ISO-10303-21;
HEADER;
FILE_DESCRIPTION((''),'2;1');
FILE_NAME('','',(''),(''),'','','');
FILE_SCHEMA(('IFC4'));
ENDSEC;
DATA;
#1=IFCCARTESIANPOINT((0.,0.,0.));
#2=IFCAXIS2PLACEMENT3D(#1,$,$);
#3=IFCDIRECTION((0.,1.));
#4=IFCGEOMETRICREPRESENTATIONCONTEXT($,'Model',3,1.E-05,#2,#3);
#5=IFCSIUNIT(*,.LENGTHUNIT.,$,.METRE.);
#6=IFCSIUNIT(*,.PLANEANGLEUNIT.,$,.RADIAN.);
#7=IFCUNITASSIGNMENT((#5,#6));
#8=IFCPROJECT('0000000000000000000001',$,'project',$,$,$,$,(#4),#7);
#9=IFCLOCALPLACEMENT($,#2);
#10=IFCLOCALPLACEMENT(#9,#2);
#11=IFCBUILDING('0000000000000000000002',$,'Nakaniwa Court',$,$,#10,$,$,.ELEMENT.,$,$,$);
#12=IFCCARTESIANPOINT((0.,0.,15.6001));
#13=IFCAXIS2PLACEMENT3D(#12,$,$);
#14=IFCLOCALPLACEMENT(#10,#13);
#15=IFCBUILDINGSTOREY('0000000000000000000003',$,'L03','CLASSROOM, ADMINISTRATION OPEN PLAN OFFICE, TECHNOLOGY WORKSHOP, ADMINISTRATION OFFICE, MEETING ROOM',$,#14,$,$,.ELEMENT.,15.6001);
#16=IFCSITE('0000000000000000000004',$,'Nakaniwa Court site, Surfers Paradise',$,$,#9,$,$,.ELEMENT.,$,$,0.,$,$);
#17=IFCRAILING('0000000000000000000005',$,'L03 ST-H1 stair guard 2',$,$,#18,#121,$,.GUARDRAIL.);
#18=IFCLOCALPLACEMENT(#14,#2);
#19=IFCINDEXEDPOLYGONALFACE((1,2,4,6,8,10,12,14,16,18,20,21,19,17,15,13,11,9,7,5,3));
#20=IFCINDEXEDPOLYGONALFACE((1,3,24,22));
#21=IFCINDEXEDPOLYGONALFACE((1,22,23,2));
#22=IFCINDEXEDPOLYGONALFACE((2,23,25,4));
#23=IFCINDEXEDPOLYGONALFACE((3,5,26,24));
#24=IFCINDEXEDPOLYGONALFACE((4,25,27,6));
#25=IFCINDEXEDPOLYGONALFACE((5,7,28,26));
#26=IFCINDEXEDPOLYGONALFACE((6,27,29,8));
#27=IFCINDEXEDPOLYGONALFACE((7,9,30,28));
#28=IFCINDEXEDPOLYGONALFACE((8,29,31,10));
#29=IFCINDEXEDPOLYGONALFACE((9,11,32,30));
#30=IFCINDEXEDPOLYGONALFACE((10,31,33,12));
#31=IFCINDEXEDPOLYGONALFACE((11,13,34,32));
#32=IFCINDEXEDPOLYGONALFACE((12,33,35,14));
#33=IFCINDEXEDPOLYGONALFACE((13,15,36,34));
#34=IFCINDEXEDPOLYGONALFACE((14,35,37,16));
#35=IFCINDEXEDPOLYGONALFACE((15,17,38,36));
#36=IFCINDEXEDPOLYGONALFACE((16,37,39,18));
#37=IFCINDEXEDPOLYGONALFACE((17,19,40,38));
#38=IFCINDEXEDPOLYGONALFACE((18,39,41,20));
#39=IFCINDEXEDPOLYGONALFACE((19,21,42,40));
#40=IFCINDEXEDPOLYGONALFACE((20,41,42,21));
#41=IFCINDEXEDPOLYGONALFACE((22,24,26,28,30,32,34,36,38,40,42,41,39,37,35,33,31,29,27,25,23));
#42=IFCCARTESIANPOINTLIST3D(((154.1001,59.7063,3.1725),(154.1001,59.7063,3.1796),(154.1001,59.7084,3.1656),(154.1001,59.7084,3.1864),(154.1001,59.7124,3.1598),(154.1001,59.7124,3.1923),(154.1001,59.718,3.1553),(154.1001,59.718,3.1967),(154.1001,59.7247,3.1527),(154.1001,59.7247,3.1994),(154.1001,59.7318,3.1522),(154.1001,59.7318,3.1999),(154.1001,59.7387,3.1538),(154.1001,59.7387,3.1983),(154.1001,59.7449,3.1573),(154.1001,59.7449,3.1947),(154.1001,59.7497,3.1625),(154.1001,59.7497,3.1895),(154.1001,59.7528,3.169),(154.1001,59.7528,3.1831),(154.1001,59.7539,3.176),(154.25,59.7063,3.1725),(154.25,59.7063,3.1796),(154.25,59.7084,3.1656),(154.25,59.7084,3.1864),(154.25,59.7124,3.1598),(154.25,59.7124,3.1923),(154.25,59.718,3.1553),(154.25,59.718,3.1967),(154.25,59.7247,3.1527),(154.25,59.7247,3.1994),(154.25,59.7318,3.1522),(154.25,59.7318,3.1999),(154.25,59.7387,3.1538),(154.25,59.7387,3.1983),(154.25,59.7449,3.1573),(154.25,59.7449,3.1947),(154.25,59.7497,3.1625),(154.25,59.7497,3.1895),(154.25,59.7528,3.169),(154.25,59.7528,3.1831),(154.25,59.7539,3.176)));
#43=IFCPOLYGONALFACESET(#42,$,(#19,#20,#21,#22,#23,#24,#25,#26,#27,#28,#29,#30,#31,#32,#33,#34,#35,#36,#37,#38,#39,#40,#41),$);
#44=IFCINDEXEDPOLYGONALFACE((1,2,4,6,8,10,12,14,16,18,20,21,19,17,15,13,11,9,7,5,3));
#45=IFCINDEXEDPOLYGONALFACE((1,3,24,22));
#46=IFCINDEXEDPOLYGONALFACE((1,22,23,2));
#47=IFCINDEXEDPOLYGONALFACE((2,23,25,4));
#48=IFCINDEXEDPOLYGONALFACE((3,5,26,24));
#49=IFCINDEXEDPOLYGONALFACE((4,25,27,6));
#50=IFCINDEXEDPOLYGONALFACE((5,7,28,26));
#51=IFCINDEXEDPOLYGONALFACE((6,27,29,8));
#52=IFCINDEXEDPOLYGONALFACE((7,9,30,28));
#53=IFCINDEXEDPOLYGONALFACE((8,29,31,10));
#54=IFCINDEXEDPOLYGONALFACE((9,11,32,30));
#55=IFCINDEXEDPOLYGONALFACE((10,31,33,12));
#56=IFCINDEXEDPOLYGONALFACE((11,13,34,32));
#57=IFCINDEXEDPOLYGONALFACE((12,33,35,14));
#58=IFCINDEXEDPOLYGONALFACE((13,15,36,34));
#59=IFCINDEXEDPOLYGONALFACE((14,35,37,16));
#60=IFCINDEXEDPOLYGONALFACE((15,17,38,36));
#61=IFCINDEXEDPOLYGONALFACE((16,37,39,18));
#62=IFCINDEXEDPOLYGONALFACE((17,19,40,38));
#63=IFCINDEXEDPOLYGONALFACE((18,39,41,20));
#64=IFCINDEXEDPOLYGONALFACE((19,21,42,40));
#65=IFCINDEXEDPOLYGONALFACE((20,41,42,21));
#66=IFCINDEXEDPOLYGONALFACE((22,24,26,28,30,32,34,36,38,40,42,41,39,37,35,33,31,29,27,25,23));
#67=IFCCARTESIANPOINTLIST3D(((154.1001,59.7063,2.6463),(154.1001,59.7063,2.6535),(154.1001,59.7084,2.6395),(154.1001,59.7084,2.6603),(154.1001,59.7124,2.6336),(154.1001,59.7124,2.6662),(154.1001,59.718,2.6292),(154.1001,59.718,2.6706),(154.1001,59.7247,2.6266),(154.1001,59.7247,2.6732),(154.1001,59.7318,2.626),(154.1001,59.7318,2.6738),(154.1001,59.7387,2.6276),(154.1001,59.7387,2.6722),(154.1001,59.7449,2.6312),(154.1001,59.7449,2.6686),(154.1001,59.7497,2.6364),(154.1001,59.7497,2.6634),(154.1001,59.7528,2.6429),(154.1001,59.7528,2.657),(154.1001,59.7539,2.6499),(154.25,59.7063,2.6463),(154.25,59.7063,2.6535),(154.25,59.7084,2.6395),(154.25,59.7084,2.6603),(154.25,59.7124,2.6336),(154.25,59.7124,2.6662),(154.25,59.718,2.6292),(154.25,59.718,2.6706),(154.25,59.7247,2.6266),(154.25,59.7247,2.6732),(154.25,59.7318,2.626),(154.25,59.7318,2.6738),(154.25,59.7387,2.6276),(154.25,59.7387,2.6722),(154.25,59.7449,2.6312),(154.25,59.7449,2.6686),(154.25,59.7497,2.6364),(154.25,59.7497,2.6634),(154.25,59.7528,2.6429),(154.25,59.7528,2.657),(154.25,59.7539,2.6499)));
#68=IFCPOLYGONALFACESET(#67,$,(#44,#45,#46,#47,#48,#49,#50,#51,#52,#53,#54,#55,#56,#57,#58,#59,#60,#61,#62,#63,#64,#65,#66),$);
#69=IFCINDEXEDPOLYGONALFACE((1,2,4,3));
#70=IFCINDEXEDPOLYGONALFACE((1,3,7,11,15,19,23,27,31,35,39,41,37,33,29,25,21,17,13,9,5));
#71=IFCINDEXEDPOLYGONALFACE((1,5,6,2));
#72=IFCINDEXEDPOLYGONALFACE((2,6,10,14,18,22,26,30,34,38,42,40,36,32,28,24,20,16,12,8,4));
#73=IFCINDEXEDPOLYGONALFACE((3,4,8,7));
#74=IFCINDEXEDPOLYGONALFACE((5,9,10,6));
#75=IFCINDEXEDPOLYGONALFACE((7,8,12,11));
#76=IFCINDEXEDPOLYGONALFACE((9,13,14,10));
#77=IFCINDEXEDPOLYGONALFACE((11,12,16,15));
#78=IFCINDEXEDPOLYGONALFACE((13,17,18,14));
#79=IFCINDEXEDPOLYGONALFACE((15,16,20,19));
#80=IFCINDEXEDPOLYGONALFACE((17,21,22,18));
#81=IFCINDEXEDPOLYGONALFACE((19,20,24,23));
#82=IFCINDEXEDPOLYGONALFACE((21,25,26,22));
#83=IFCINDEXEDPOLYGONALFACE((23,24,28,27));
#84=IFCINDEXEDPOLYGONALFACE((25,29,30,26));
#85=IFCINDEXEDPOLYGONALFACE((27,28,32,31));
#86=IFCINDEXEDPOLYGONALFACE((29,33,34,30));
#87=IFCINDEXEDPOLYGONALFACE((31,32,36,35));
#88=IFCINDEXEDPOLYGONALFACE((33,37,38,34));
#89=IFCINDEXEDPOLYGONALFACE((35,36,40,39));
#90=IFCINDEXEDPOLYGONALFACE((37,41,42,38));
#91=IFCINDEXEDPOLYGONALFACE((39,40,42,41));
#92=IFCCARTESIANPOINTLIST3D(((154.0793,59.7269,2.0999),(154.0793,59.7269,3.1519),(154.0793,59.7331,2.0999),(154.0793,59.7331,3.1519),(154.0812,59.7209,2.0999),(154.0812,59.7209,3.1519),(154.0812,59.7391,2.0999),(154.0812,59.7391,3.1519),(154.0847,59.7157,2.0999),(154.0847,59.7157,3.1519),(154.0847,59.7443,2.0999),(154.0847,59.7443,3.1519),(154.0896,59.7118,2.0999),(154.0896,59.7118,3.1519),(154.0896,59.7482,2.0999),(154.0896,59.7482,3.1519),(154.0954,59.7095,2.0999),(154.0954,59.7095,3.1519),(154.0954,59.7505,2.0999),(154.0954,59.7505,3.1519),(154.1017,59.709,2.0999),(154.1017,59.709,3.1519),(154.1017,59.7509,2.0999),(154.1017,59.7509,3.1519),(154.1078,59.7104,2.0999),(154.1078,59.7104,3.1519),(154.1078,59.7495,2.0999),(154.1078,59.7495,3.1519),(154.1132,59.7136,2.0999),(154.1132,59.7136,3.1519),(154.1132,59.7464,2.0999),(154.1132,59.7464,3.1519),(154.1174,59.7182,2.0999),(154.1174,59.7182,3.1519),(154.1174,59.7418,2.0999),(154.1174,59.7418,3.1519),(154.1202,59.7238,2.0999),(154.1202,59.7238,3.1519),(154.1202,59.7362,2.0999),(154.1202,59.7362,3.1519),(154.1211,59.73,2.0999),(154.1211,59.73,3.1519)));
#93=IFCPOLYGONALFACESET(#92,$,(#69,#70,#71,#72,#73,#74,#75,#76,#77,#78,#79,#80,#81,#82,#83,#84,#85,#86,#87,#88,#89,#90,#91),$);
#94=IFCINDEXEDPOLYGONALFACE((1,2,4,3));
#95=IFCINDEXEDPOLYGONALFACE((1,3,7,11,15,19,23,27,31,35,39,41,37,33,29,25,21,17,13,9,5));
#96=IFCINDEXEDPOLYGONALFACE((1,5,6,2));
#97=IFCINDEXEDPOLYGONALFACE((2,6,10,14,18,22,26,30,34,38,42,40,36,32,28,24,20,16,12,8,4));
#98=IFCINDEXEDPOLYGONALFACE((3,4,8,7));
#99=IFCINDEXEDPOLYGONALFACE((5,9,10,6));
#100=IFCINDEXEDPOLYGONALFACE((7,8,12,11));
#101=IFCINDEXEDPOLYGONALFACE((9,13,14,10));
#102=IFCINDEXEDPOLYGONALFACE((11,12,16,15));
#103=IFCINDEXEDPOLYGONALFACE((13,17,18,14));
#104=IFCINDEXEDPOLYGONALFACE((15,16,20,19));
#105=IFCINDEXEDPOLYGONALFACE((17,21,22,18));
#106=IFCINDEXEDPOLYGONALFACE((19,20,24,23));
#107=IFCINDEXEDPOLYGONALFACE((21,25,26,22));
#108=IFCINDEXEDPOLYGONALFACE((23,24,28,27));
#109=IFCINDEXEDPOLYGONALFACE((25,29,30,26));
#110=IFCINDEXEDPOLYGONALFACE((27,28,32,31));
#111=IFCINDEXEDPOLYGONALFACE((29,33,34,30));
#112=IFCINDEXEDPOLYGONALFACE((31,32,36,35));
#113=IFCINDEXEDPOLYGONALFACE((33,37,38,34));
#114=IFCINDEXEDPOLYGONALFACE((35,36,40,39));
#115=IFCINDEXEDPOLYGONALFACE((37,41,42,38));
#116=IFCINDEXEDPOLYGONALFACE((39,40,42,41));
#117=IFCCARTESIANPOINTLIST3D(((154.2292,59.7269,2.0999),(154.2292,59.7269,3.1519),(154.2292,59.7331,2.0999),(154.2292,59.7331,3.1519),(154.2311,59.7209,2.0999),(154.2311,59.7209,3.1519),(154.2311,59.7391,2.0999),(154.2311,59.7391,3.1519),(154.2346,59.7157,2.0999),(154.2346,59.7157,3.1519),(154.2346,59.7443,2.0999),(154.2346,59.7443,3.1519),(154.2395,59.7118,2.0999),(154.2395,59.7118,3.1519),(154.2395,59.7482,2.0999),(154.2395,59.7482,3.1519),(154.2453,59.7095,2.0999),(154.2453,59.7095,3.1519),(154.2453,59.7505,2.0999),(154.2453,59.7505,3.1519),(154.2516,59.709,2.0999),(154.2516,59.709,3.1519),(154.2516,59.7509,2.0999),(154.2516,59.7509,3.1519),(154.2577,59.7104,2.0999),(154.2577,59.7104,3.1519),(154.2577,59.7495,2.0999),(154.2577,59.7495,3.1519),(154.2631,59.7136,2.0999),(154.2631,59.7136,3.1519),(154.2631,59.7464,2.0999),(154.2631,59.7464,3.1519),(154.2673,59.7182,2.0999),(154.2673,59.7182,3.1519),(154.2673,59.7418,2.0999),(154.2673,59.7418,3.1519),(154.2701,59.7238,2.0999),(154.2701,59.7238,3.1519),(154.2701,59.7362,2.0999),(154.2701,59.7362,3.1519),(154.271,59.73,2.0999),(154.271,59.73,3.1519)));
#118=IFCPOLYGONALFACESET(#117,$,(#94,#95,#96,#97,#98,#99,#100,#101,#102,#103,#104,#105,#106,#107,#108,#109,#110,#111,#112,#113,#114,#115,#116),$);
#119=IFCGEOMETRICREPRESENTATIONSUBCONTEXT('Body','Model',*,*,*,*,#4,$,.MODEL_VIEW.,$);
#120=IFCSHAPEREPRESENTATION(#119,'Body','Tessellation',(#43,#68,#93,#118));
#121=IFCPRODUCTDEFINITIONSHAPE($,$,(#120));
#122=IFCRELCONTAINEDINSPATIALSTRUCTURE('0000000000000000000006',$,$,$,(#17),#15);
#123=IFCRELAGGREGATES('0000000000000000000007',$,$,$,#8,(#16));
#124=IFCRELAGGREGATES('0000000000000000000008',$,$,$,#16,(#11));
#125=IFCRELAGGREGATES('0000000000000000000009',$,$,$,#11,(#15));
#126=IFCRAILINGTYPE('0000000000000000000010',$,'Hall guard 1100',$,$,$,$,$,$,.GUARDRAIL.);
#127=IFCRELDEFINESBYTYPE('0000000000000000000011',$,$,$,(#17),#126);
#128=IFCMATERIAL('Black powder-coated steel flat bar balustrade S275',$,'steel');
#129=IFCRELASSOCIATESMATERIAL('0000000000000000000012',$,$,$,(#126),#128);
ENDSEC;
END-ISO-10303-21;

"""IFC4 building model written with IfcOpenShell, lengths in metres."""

from ifc_helpers import new_model, si_unit, direction, frame, origin, origin_2d, place, context, subcontext, project, spatial, circle, extrude, material, type_object, element, save


model = new_model("IFC4")

# Units and contexts
model_context = context("Model", 3, precision=1e-05, world=origin(), true_north=direction((0.0, 1.0)))
body_context = subcontext(model_context, "Body", "Model", "MODEL_VIEW")
ifc_project = project(units=[si_unit("LENGTHUNIT", "METRE"), si_unit("PLANEANGLEUNIT", "RADIAN")], contexts=[model_context])

# Site, building, storey
site_placement = place(None, origin())
site = spatial("IfcSite", under=ifc_project, at=site_placement, Name="Nakaniwa Court site, Surfers Paradise", CompositionType="ELEMENT", RefElevation=0.0)
building_placement = place(site_placement, origin())
building = spatial("IfcBuilding", under=site, at=building_placement, Name="Nakaniwa Court", CompositionType="ELEMENT")
storey_placement = place(building_placement, frame((0.0, 0.0, 15.6001)))
storey = spatial("IfcBuildingStorey", under=building, at=storey_placement, Name="L03", Description="CLASSROOM, ADMINISTRATION OPEN PLAN OFFICE, TECHNOLOGY WORKSHOP, ADMINISTRATION OFFICE, MEETING ROOM", CompositionType="ELEMENT", Elevation=15.6001)

# Railing
ifc_material_1 = material(Name="Black powder-coated steel flat bar balustrade S275", Category="steel")
railing_type_1 = type_object("IfcRailingType", Name="Hall guard 1100", PredefinedType="GUARDRAIL", material=ifc_material_1)
railing_1_placement = place(storey_placement, frame((154.1001, 59.73, 2.0999)))
element("IfcRailing", 1, at=railing_1_placement, inside=storey, type_object=railing_type_1, Name="L03 ST-H1 stair guard 2", PredefinedType="GUARDRAIL", context=body_context, shape_type="SweptSolid", body=[
    extrude(circle(Radius=0.0239, at=origin_2d()), frame((0.0, 0.0, 1.0762), z_axis=(1.0, 0.0, 0.0), x_axis=(0.0, 1.0, 0.0)), (0.0, 0.0, 1.0), 0.1499),
    extrude(circle(Radius=0.0239, at=origin_2d()), frame((0.0, 0.0, 0.55), z_axis=(1.0, 0.0, 0.0), x_axis=(0.0, 1.0, 0.0)), (0.0, 0.0, 1.0), 0.1499),
    extrude(circle(Radius=0.021, at=origin_2d()), origin(), (0.0, 0.0, 1.0), 1.052),
    extrude(circle(Radius=0.021, at=origin_2d()), frame((0.1499, 0.0, 0.0)), (0.0, 0.0, 1.0), 1.052),
])

save(model, "model.ifc")
